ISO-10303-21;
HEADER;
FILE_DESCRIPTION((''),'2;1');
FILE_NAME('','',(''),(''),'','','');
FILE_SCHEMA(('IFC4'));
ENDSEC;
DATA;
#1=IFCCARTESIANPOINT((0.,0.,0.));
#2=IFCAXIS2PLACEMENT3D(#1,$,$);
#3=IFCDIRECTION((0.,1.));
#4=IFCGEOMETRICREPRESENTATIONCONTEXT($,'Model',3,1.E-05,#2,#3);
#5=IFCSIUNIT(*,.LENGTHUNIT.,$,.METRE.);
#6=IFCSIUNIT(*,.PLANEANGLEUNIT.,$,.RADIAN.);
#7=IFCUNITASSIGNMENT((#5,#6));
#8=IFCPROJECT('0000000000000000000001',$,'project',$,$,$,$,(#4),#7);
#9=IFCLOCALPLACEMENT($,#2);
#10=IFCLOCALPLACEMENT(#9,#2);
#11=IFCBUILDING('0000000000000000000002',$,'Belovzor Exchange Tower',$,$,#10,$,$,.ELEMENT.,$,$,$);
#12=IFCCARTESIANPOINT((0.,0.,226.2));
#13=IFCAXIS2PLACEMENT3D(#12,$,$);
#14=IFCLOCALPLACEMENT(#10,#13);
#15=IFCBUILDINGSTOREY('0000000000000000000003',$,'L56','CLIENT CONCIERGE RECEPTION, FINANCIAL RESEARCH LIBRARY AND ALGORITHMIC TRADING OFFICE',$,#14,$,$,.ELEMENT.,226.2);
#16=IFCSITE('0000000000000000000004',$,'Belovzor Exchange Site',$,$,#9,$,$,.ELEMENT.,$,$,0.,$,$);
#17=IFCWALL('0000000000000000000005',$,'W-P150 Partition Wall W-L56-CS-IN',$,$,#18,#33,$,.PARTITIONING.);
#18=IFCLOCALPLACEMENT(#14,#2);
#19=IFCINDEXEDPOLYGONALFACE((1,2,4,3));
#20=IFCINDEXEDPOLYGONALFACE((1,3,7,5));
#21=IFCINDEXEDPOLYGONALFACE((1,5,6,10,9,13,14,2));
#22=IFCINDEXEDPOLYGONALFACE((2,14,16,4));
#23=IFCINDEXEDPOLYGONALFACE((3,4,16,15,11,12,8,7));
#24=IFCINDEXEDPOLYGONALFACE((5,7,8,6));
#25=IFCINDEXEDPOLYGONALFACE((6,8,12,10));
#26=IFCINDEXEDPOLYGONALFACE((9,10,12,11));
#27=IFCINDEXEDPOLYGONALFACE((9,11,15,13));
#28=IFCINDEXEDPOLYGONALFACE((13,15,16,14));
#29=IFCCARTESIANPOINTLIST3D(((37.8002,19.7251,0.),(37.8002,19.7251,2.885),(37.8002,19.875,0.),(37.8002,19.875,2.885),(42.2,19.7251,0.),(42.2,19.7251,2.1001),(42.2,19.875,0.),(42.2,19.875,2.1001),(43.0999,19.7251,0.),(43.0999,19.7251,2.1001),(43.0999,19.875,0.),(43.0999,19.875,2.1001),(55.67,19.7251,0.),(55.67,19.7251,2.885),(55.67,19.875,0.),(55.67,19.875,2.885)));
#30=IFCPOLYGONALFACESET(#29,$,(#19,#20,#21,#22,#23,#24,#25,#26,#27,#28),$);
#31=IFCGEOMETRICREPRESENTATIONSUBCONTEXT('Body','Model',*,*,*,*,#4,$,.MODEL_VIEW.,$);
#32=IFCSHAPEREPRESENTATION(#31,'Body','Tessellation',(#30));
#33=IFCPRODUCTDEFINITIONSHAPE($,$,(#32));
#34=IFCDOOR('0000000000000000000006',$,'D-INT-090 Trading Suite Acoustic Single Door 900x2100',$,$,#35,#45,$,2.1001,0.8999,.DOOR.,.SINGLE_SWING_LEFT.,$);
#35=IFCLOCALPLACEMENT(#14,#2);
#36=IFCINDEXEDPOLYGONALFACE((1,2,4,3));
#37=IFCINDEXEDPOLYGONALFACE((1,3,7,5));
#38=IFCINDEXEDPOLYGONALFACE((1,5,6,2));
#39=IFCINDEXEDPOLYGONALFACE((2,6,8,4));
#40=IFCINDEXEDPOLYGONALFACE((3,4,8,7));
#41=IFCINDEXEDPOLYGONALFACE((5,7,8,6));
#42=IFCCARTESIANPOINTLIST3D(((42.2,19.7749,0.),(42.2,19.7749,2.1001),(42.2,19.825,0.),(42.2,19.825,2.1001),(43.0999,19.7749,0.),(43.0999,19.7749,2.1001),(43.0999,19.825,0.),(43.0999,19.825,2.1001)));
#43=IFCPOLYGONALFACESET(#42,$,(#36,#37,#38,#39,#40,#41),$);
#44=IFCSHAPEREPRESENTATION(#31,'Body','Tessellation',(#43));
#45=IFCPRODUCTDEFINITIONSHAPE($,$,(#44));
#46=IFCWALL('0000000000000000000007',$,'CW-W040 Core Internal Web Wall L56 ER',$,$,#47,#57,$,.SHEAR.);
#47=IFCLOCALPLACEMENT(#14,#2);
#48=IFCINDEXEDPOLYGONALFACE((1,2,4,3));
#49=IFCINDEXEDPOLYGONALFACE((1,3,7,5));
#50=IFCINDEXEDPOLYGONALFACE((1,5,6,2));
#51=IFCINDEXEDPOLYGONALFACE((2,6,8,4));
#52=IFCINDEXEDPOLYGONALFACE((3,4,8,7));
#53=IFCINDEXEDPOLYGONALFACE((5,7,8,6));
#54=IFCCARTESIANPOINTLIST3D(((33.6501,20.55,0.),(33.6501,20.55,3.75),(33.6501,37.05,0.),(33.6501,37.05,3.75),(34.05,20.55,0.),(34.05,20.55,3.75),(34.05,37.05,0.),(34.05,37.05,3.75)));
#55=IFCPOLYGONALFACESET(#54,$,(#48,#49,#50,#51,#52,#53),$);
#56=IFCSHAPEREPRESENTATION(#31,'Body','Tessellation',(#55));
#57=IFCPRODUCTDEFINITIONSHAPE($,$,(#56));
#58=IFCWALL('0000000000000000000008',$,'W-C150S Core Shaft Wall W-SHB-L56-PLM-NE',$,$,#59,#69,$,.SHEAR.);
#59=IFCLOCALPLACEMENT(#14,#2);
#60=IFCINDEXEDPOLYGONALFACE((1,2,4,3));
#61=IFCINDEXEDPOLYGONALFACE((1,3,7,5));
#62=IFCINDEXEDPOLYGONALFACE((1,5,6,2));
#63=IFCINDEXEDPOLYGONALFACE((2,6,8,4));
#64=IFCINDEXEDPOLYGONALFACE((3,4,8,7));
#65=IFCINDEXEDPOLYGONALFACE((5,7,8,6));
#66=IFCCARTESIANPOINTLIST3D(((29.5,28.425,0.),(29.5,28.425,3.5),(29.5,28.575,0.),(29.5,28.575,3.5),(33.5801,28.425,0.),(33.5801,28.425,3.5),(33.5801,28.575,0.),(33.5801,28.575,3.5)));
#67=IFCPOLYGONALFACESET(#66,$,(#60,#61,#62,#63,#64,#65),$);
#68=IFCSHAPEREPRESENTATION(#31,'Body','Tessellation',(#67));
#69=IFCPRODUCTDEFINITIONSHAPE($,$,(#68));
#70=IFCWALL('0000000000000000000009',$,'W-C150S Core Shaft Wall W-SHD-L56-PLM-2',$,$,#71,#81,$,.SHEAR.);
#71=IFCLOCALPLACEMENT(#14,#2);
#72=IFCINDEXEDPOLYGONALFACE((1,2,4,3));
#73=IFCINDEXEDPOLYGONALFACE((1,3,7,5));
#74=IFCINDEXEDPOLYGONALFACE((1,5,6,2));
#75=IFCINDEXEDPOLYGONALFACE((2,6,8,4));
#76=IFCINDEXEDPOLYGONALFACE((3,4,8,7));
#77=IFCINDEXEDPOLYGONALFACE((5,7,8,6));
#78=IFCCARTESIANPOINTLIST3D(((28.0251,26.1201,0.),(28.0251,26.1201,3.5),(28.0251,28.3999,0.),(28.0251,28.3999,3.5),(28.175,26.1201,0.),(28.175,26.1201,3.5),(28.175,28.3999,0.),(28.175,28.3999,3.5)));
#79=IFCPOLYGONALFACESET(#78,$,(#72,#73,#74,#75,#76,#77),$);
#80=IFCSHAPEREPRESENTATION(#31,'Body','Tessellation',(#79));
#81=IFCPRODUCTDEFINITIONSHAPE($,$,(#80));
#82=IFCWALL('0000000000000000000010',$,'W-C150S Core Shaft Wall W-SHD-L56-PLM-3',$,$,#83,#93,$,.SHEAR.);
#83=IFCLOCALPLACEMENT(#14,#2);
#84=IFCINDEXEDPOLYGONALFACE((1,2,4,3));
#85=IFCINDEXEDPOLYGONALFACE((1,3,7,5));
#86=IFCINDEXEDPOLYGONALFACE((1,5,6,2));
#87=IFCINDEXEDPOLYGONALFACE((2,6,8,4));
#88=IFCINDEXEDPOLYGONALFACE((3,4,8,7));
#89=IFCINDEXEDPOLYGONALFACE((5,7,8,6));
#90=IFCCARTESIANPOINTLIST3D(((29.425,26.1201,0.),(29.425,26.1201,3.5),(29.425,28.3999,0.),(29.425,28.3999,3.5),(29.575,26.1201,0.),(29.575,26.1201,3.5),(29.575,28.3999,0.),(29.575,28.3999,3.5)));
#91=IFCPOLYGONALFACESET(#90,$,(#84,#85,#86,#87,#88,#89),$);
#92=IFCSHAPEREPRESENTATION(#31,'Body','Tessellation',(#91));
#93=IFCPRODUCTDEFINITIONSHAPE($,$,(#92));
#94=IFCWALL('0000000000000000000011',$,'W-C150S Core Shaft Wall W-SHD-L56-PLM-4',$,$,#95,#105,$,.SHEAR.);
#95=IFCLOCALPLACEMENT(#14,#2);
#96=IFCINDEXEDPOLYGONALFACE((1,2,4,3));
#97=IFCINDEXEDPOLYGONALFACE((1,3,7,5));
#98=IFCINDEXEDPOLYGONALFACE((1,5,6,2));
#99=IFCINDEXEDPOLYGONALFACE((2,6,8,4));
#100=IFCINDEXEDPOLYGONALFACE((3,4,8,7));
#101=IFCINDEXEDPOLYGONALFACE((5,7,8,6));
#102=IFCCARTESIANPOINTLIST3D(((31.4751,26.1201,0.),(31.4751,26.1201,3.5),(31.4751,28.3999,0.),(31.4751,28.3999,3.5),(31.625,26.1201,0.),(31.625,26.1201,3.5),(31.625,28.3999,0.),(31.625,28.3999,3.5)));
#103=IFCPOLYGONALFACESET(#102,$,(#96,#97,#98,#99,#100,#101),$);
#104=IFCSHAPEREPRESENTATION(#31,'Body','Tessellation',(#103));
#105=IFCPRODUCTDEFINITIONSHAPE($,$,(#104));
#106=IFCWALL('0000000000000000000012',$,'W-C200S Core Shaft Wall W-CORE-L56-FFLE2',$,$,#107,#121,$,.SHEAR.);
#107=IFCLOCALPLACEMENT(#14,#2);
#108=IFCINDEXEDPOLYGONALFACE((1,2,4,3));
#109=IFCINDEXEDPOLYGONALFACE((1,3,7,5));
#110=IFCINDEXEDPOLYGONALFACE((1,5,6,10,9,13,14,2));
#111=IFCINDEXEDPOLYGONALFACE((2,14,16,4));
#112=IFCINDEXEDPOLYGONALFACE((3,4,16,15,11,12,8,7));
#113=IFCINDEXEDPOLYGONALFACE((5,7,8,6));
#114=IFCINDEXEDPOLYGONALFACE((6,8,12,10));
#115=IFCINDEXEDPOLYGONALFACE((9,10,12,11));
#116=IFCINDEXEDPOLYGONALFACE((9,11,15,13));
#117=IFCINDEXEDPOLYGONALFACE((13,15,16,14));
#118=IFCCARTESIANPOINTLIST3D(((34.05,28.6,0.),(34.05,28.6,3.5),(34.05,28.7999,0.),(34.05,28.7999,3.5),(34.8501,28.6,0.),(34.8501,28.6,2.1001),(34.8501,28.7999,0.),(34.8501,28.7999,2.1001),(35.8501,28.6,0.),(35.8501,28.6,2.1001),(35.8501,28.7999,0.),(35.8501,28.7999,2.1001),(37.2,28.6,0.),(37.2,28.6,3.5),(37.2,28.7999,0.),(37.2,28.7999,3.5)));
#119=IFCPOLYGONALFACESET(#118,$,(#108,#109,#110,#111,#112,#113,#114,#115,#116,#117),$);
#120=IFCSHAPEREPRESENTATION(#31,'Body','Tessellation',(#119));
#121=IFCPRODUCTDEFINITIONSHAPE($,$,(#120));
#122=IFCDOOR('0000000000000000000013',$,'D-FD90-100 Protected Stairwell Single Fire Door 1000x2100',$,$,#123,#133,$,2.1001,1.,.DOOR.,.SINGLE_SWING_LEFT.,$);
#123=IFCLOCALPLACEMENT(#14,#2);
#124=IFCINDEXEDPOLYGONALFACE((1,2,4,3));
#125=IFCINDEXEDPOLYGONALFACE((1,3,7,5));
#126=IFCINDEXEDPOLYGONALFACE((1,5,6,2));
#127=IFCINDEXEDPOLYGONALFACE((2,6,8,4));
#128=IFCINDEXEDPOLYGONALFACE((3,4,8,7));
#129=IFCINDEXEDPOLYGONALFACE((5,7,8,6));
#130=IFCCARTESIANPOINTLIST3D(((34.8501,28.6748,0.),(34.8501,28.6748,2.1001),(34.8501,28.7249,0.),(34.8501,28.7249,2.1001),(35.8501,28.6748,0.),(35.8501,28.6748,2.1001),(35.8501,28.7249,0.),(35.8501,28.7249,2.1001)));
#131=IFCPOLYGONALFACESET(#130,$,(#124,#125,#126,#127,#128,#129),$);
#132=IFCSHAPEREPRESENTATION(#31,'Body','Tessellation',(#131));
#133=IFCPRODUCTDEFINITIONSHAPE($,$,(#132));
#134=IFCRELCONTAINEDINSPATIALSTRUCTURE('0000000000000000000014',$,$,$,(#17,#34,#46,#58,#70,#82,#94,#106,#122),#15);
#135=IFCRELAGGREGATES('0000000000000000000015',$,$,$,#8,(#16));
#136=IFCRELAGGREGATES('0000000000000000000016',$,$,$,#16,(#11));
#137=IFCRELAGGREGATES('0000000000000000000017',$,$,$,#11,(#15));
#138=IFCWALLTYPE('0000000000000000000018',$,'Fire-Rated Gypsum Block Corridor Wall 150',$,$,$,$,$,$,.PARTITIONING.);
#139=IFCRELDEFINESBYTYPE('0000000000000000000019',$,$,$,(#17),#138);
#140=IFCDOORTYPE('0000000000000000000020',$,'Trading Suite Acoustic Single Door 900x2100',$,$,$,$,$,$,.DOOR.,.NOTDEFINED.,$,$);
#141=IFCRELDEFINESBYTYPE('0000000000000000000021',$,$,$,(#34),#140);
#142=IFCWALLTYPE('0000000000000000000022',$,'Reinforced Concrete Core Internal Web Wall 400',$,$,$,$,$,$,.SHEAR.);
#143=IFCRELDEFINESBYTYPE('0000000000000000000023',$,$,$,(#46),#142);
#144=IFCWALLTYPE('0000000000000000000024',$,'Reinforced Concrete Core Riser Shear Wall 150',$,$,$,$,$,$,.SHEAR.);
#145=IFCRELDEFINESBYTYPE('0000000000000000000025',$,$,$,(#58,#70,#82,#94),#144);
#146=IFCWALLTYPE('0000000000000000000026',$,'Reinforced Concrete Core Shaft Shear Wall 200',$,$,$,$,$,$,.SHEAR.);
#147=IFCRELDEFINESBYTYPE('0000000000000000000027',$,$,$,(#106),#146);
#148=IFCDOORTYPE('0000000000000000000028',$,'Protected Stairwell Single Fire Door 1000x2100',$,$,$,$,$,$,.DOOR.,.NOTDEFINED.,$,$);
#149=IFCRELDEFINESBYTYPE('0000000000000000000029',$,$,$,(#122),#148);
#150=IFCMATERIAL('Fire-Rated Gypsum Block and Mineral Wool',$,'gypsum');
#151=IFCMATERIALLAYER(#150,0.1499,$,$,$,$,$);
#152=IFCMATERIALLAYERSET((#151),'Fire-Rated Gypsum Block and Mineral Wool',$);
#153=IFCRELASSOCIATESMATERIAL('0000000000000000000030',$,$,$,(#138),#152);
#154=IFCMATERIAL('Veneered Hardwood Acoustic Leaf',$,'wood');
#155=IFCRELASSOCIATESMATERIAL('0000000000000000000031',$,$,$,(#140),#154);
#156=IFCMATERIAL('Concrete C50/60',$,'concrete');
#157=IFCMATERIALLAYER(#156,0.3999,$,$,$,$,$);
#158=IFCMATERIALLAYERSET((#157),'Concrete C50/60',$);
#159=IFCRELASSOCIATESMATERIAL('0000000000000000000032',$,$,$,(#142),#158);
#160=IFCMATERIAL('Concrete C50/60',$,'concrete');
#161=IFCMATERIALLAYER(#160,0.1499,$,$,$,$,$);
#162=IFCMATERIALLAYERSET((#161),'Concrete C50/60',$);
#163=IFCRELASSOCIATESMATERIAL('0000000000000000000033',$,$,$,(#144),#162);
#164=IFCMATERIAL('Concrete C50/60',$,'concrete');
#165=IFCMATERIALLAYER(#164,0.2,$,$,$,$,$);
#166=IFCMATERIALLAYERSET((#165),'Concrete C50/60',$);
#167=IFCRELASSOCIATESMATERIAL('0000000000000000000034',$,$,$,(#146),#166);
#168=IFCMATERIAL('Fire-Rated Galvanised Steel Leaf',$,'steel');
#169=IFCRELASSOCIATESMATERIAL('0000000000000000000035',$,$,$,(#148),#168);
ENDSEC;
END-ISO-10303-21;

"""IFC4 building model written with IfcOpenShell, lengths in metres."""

from ifc_helpers import new_model, si_unit, direction, frame, frame_2d, origin, place, context, subcontext, project, spatial, rectangle, extrude, material, layer, layer_set, type_object, element, fill, save


model = new_model("IFC4")

# Units and contexts
model_context = context("Model", 3, precision=1e-05, world=origin(), true_north=direction((0.0, 1.0)))
body_context = subcontext(model_context, "Body", "Model", "MODEL_VIEW")
ifc_project = project(units=[si_unit("LENGTHUNIT", "METRE"), si_unit("PLANEANGLEUNIT", "RADIAN")], contexts=[model_context])

# Site, building, storey
site_placement = place(None, origin())
site = spatial("IfcSite", under=ifc_project, at=site_placement, Name="Belovzor Exchange Site", CompositionType="ELEMENT", RefElevation=0.0)
building_placement = place(site_placement, origin())
building = spatial("IfcBuilding", under=site, at=building_placement, Name="Belovzor Exchange Tower", CompositionType="ELEMENT")
storey_placement = place(building_placement, frame((0.0, 0.0, 226.2)))
storey = spatial("IfcBuildingStorey", under=building, at=storey_placement, Name="L56", Description="CLIENT CONCIERGE RECEPTION, FINANCIAL RESEARCH LIBRARY AND ALGORITHMIC TRADING OFFICE", CompositionType="ELEMENT", Elevation=226.2)

# Shared definitions
ifc_material_1 = material(Name="Fire-Rated Gypsum Block and Mineral Wool", Category="gypsum")
ifc_layer_1 = layer(ifc_material_1, 0.1499)
ifc_layer_set_1 = layer_set([ifc_layer_1], Name="Fire-Rated Gypsum Block and Mineral Wool")
wall_type_1 = type_object("IfcWallType", Name="Fire-Rated Gypsum Block Corridor Wall 150", PredefinedType="PARTITIONING", material=ifc_layer_set_1)

# Wall, opening, door
wall_1_placement = place(storey_placement, frame((37.8, 19.8, 0.0), z_axis=(0.0, 0.0, 1.0), x_axis=(1.0, 0.0, 0.0)))
wall_1 = element("IfcWall", 1, at=wall_1_placement, inside=storey, type_object=wall_type_1, Name="W-P150 Partition Wall W-L56-CS-IN", PredefinedType="PARTITIONING", context=body_context, shape_type="SweptSolid", body=[
    extrude(rectangle(XDim=17.8699, YDim=0.1499, at=frame_2d((8.9351, 0.0))), origin(), (0.0, 0.0, 1.0), 2.885),
])
opening_1_placement = place(wall_1_placement, frame((4.3999, 0.0, 0.0)))
opening_1 = element("IfcOpeningElement", 2, at=opening_1_placement, cuts=wall_1, PredefinedType="OPENING", context=body_context, shape_type="SweptSolid", body=[
    extrude(rectangle(XDim=0.8999, YDim=2.1001, at=frame_2d((0.45, 1.05))), frame((0.0, 0.085, 0.0), z_axis=(0.0, -1.0, 0.0), x_axis=(1.0, 0.0, 0.0)), (0.0, 0.0, 1.0), 0.1699),
])
ifc_material_2 = material(Name="Veneered Hardwood Acoustic Leaf", Category="wood")
door_type_1 = type_object("IfcDoorType", Name="Trading Suite Acoustic Single Door 900x2100", OperationType="NOTDEFINED", PredefinedType="DOOR", material=ifc_material_2)
door_1_placement = place(opening_1_placement, origin())
door_1 = element("IfcDoor", 3, at=door_1_placement, inside=storey, type_object=door_type_1, Name="D-INT-090 Trading Suite Acoustic Single Door 900x2100", OperationType="SINGLE_SWING_LEFT", OverallHeight=2.1001, OverallWidth=0.8999, PredefinedType="DOOR", context=body_context, shape_type="SweptSolid", body=[
    extrude(rectangle(XDim=0.8999, YDim=2.1001, at=frame_2d((0.45, 1.05))), frame((0.0, 0.0249, 0.0), z_axis=(0.0, -1.0, 0.0), x_axis=(1.0, 0.0, 0.0)), (0.0, 0.0, 1.0), 0.05),
])
fill(opening_1, door_1)

# Walls
ifc_material_3 = material(Name="Concrete C50/60", Category="concrete")
ifc_layer_2 = layer(ifc_material_3, 0.3999)
ifc_layer_set_2 = layer_set([ifc_layer_2], Name="Concrete C50/60")
wall_type_2 = type_object("IfcWallType", Name="Reinforced Concrete Core Internal Web Wall 400", PredefinedType="SHEAR", material=ifc_layer_set_2)
wall_2_placement = place(storey_placement, frame((33.8501, 20.55, 0.0), z_axis=(0.0, 0.0, 1.0), x_axis=(0.0, 1.0, 0.0)))
element("IfcWall", 4, at=wall_2_placement, inside=storey, type_object=wall_type_2, Name="CW-W040 Core Internal Web Wall L56 ER", PredefinedType="SHEAR", context=body_context, shape_type="SweptSolid", body=[
    extrude(rectangle(XDim=16.5, YDim=0.3999, at=frame_2d((8.25, 0.0))), origin(), (0.0, 0.0, 1.0), 3.75),
])
ifc_material_4 = material(Name="Concrete C50/60", Category="concrete")
ifc_layer_3 = layer(ifc_material_4, 0.1499)
ifc_layer_set_3 = layer_set([ifc_layer_3], Name="Concrete C50/60")
wall_type_3 = type_object("IfcWallType", Name="Reinforced Concrete Core Riser Shear Wall 150", PredefinedType="SHEAR", material=ifc_layer_set_3)
wall_3_placement = place(storey_placement, frame((29.5, 28.5, 0.0), z_axis=(0.0, 0.0, 1.0), x_axis=(1.0, 0.0, 0.0)))
element("IfcWall", 5, at=wall_3_placement, inside=storey, type_object=wall_type_3, Name="W-C150S Core Shaft Wall W-SHB-L56-PLM-NE", PredefinedType="SHEAR", context=body_context, shape_type="SweptSolid", body=[
    extrude(rectangle(XDim=4.0801, YDim=0.1499, at=frame_2d((2.04, 0.0))), origin(), (0.0, 0.0, 1.0), 3.5),
])
for number, where, z_axis, x_axis, name in (
    (6, (28.1001, 26.1201, 0.0), (0.0, 0.0, 1.0), (0.0, 1.0, 0.0), "W-C150S Core Shaft Wall W-SHD-L56-PLM-2"),
    (7, (29.5, 26.1201, 0.0), (0.0, 0.0, 1.0), (0.0, 1.0, 0.0), "W-C150S Core Shaft Wall W-SHD-L56-PLM-3"),
    (8, (31.55, 26.1201, 0.0), (0.0, 0.0, 1.0), (0.0, 1.0, 0.0), "W-C150S Core Shaft Wall W-SHD-L56-PLM-4"),
):
    element("IfcWall", number, at=place(storey_placement, frame(where, z_axis=z_axis, x_axis=x_axis)), inside=storey, type_object=wall_type_3, Name=name, PredefinedType="SHEAR", context=body_context, shape_type="SweptSolid", body=[
        extrude(rectangle(XDim=2.2798, YDim=0.1499, at=frame_2d((1.1399, 0.0))), origin(), (0.0, 0.0, 1.0), 3.5),
    ])

# Wall, opening, door
ifc_material_5 = material(Name="Concrete C50/60", Category="concrete")
ifc_layer_4 = layer(ifc_material_5, 0.2)
ifc_layer_set_4 = layer_set([ifc_layer_4], Name="Concrete C50/60")
wall_type_4 = type_object("IfcWallType", Name="Reinforced Concrete Core Shaft Shear Wall 200", PredefinedType="SHEAR", material=ifc_layer_set_4)
wall_4_placement = place(storey_placement, frame((34.05, 28.7, 0.0), z_axis=(0.0, 0.0, 1.0), x_axis=(1.0, 0.0, 0.0)))
wall_4 = element("IfcWall", 9, at=wall_4_placement, inside=storey, type_object=wall_type_4, Name="W-C200S Core Shaft Wall W-CORE-L56-FFLE2", PredefinedType="SHEAR", context=body_context, shape_type="SweptSolid", body=[
    extrude(rectangle(XDim=3.1499, YDim=0.2, at=frame_2d((1.575, 0.0))), origin(), (0.0, 0.0, 1.0), 3.5),
])
opening_2_placement = place(wall_4_placement, frame((0.8, 0.0, 0.0)))
opening_2 = element("IfcOpeningElement", 10, at=opening_2_placement, cuts=wall_4, PredefinedType="OPENING", context=body_context, shape_type="SweptSolid", body=[
    extrude(rectangle(XDim=1.0, YDim=2.1001, at=frame_2d((0.5, 1.05))), frame((0.0, 0.1099, 0.0), z_axis=(0.0, -1.0, 0.0), x_axis=(1.0, 0.0, 0.0)), (0.0, 0.0, 1.0), 0.22),
])
ifc_material_6 = material(Name="Fire-Rated Galvanised Steel Leaf", Category="steel")
door_type_2 = type_object("IfcDoorType", Name="Protected Stairwell Single Fire Door 1000x2100", OperationType="NOTDEFINED", PredefinedType="DOOR", material=ifc_material_6)
door_2_placement = place(opening_2_placement, origin())
door_2 = element("IfcDoor", 11, at=door_2_placement, inside=storey, type_object=door_type_2, Name="D-FD90-100 Protected Stairwell Single Fire Door 1000x2100", OperationType="SINGLE_SWING_LEFT", OverallHeight=2.1001, OverallWidth=1.0, PredefinedType="DOOR", context=body_context, shape_type="SweptSolid", body=[
    extrude(rectangle(XDim=1.0, YDim=2.1001, at=frame_2d((0.5, 1.05))), frame((0.0, 0.0249, 0.0), z_axis=(0.0, -1.0, 0.0), x_axis=(1.0, 0.0, 0.0)), (0.0, 0.0, 1.0), 0.05),
])
fill(opening_2, door_2)

save(model, "model.ifc")
